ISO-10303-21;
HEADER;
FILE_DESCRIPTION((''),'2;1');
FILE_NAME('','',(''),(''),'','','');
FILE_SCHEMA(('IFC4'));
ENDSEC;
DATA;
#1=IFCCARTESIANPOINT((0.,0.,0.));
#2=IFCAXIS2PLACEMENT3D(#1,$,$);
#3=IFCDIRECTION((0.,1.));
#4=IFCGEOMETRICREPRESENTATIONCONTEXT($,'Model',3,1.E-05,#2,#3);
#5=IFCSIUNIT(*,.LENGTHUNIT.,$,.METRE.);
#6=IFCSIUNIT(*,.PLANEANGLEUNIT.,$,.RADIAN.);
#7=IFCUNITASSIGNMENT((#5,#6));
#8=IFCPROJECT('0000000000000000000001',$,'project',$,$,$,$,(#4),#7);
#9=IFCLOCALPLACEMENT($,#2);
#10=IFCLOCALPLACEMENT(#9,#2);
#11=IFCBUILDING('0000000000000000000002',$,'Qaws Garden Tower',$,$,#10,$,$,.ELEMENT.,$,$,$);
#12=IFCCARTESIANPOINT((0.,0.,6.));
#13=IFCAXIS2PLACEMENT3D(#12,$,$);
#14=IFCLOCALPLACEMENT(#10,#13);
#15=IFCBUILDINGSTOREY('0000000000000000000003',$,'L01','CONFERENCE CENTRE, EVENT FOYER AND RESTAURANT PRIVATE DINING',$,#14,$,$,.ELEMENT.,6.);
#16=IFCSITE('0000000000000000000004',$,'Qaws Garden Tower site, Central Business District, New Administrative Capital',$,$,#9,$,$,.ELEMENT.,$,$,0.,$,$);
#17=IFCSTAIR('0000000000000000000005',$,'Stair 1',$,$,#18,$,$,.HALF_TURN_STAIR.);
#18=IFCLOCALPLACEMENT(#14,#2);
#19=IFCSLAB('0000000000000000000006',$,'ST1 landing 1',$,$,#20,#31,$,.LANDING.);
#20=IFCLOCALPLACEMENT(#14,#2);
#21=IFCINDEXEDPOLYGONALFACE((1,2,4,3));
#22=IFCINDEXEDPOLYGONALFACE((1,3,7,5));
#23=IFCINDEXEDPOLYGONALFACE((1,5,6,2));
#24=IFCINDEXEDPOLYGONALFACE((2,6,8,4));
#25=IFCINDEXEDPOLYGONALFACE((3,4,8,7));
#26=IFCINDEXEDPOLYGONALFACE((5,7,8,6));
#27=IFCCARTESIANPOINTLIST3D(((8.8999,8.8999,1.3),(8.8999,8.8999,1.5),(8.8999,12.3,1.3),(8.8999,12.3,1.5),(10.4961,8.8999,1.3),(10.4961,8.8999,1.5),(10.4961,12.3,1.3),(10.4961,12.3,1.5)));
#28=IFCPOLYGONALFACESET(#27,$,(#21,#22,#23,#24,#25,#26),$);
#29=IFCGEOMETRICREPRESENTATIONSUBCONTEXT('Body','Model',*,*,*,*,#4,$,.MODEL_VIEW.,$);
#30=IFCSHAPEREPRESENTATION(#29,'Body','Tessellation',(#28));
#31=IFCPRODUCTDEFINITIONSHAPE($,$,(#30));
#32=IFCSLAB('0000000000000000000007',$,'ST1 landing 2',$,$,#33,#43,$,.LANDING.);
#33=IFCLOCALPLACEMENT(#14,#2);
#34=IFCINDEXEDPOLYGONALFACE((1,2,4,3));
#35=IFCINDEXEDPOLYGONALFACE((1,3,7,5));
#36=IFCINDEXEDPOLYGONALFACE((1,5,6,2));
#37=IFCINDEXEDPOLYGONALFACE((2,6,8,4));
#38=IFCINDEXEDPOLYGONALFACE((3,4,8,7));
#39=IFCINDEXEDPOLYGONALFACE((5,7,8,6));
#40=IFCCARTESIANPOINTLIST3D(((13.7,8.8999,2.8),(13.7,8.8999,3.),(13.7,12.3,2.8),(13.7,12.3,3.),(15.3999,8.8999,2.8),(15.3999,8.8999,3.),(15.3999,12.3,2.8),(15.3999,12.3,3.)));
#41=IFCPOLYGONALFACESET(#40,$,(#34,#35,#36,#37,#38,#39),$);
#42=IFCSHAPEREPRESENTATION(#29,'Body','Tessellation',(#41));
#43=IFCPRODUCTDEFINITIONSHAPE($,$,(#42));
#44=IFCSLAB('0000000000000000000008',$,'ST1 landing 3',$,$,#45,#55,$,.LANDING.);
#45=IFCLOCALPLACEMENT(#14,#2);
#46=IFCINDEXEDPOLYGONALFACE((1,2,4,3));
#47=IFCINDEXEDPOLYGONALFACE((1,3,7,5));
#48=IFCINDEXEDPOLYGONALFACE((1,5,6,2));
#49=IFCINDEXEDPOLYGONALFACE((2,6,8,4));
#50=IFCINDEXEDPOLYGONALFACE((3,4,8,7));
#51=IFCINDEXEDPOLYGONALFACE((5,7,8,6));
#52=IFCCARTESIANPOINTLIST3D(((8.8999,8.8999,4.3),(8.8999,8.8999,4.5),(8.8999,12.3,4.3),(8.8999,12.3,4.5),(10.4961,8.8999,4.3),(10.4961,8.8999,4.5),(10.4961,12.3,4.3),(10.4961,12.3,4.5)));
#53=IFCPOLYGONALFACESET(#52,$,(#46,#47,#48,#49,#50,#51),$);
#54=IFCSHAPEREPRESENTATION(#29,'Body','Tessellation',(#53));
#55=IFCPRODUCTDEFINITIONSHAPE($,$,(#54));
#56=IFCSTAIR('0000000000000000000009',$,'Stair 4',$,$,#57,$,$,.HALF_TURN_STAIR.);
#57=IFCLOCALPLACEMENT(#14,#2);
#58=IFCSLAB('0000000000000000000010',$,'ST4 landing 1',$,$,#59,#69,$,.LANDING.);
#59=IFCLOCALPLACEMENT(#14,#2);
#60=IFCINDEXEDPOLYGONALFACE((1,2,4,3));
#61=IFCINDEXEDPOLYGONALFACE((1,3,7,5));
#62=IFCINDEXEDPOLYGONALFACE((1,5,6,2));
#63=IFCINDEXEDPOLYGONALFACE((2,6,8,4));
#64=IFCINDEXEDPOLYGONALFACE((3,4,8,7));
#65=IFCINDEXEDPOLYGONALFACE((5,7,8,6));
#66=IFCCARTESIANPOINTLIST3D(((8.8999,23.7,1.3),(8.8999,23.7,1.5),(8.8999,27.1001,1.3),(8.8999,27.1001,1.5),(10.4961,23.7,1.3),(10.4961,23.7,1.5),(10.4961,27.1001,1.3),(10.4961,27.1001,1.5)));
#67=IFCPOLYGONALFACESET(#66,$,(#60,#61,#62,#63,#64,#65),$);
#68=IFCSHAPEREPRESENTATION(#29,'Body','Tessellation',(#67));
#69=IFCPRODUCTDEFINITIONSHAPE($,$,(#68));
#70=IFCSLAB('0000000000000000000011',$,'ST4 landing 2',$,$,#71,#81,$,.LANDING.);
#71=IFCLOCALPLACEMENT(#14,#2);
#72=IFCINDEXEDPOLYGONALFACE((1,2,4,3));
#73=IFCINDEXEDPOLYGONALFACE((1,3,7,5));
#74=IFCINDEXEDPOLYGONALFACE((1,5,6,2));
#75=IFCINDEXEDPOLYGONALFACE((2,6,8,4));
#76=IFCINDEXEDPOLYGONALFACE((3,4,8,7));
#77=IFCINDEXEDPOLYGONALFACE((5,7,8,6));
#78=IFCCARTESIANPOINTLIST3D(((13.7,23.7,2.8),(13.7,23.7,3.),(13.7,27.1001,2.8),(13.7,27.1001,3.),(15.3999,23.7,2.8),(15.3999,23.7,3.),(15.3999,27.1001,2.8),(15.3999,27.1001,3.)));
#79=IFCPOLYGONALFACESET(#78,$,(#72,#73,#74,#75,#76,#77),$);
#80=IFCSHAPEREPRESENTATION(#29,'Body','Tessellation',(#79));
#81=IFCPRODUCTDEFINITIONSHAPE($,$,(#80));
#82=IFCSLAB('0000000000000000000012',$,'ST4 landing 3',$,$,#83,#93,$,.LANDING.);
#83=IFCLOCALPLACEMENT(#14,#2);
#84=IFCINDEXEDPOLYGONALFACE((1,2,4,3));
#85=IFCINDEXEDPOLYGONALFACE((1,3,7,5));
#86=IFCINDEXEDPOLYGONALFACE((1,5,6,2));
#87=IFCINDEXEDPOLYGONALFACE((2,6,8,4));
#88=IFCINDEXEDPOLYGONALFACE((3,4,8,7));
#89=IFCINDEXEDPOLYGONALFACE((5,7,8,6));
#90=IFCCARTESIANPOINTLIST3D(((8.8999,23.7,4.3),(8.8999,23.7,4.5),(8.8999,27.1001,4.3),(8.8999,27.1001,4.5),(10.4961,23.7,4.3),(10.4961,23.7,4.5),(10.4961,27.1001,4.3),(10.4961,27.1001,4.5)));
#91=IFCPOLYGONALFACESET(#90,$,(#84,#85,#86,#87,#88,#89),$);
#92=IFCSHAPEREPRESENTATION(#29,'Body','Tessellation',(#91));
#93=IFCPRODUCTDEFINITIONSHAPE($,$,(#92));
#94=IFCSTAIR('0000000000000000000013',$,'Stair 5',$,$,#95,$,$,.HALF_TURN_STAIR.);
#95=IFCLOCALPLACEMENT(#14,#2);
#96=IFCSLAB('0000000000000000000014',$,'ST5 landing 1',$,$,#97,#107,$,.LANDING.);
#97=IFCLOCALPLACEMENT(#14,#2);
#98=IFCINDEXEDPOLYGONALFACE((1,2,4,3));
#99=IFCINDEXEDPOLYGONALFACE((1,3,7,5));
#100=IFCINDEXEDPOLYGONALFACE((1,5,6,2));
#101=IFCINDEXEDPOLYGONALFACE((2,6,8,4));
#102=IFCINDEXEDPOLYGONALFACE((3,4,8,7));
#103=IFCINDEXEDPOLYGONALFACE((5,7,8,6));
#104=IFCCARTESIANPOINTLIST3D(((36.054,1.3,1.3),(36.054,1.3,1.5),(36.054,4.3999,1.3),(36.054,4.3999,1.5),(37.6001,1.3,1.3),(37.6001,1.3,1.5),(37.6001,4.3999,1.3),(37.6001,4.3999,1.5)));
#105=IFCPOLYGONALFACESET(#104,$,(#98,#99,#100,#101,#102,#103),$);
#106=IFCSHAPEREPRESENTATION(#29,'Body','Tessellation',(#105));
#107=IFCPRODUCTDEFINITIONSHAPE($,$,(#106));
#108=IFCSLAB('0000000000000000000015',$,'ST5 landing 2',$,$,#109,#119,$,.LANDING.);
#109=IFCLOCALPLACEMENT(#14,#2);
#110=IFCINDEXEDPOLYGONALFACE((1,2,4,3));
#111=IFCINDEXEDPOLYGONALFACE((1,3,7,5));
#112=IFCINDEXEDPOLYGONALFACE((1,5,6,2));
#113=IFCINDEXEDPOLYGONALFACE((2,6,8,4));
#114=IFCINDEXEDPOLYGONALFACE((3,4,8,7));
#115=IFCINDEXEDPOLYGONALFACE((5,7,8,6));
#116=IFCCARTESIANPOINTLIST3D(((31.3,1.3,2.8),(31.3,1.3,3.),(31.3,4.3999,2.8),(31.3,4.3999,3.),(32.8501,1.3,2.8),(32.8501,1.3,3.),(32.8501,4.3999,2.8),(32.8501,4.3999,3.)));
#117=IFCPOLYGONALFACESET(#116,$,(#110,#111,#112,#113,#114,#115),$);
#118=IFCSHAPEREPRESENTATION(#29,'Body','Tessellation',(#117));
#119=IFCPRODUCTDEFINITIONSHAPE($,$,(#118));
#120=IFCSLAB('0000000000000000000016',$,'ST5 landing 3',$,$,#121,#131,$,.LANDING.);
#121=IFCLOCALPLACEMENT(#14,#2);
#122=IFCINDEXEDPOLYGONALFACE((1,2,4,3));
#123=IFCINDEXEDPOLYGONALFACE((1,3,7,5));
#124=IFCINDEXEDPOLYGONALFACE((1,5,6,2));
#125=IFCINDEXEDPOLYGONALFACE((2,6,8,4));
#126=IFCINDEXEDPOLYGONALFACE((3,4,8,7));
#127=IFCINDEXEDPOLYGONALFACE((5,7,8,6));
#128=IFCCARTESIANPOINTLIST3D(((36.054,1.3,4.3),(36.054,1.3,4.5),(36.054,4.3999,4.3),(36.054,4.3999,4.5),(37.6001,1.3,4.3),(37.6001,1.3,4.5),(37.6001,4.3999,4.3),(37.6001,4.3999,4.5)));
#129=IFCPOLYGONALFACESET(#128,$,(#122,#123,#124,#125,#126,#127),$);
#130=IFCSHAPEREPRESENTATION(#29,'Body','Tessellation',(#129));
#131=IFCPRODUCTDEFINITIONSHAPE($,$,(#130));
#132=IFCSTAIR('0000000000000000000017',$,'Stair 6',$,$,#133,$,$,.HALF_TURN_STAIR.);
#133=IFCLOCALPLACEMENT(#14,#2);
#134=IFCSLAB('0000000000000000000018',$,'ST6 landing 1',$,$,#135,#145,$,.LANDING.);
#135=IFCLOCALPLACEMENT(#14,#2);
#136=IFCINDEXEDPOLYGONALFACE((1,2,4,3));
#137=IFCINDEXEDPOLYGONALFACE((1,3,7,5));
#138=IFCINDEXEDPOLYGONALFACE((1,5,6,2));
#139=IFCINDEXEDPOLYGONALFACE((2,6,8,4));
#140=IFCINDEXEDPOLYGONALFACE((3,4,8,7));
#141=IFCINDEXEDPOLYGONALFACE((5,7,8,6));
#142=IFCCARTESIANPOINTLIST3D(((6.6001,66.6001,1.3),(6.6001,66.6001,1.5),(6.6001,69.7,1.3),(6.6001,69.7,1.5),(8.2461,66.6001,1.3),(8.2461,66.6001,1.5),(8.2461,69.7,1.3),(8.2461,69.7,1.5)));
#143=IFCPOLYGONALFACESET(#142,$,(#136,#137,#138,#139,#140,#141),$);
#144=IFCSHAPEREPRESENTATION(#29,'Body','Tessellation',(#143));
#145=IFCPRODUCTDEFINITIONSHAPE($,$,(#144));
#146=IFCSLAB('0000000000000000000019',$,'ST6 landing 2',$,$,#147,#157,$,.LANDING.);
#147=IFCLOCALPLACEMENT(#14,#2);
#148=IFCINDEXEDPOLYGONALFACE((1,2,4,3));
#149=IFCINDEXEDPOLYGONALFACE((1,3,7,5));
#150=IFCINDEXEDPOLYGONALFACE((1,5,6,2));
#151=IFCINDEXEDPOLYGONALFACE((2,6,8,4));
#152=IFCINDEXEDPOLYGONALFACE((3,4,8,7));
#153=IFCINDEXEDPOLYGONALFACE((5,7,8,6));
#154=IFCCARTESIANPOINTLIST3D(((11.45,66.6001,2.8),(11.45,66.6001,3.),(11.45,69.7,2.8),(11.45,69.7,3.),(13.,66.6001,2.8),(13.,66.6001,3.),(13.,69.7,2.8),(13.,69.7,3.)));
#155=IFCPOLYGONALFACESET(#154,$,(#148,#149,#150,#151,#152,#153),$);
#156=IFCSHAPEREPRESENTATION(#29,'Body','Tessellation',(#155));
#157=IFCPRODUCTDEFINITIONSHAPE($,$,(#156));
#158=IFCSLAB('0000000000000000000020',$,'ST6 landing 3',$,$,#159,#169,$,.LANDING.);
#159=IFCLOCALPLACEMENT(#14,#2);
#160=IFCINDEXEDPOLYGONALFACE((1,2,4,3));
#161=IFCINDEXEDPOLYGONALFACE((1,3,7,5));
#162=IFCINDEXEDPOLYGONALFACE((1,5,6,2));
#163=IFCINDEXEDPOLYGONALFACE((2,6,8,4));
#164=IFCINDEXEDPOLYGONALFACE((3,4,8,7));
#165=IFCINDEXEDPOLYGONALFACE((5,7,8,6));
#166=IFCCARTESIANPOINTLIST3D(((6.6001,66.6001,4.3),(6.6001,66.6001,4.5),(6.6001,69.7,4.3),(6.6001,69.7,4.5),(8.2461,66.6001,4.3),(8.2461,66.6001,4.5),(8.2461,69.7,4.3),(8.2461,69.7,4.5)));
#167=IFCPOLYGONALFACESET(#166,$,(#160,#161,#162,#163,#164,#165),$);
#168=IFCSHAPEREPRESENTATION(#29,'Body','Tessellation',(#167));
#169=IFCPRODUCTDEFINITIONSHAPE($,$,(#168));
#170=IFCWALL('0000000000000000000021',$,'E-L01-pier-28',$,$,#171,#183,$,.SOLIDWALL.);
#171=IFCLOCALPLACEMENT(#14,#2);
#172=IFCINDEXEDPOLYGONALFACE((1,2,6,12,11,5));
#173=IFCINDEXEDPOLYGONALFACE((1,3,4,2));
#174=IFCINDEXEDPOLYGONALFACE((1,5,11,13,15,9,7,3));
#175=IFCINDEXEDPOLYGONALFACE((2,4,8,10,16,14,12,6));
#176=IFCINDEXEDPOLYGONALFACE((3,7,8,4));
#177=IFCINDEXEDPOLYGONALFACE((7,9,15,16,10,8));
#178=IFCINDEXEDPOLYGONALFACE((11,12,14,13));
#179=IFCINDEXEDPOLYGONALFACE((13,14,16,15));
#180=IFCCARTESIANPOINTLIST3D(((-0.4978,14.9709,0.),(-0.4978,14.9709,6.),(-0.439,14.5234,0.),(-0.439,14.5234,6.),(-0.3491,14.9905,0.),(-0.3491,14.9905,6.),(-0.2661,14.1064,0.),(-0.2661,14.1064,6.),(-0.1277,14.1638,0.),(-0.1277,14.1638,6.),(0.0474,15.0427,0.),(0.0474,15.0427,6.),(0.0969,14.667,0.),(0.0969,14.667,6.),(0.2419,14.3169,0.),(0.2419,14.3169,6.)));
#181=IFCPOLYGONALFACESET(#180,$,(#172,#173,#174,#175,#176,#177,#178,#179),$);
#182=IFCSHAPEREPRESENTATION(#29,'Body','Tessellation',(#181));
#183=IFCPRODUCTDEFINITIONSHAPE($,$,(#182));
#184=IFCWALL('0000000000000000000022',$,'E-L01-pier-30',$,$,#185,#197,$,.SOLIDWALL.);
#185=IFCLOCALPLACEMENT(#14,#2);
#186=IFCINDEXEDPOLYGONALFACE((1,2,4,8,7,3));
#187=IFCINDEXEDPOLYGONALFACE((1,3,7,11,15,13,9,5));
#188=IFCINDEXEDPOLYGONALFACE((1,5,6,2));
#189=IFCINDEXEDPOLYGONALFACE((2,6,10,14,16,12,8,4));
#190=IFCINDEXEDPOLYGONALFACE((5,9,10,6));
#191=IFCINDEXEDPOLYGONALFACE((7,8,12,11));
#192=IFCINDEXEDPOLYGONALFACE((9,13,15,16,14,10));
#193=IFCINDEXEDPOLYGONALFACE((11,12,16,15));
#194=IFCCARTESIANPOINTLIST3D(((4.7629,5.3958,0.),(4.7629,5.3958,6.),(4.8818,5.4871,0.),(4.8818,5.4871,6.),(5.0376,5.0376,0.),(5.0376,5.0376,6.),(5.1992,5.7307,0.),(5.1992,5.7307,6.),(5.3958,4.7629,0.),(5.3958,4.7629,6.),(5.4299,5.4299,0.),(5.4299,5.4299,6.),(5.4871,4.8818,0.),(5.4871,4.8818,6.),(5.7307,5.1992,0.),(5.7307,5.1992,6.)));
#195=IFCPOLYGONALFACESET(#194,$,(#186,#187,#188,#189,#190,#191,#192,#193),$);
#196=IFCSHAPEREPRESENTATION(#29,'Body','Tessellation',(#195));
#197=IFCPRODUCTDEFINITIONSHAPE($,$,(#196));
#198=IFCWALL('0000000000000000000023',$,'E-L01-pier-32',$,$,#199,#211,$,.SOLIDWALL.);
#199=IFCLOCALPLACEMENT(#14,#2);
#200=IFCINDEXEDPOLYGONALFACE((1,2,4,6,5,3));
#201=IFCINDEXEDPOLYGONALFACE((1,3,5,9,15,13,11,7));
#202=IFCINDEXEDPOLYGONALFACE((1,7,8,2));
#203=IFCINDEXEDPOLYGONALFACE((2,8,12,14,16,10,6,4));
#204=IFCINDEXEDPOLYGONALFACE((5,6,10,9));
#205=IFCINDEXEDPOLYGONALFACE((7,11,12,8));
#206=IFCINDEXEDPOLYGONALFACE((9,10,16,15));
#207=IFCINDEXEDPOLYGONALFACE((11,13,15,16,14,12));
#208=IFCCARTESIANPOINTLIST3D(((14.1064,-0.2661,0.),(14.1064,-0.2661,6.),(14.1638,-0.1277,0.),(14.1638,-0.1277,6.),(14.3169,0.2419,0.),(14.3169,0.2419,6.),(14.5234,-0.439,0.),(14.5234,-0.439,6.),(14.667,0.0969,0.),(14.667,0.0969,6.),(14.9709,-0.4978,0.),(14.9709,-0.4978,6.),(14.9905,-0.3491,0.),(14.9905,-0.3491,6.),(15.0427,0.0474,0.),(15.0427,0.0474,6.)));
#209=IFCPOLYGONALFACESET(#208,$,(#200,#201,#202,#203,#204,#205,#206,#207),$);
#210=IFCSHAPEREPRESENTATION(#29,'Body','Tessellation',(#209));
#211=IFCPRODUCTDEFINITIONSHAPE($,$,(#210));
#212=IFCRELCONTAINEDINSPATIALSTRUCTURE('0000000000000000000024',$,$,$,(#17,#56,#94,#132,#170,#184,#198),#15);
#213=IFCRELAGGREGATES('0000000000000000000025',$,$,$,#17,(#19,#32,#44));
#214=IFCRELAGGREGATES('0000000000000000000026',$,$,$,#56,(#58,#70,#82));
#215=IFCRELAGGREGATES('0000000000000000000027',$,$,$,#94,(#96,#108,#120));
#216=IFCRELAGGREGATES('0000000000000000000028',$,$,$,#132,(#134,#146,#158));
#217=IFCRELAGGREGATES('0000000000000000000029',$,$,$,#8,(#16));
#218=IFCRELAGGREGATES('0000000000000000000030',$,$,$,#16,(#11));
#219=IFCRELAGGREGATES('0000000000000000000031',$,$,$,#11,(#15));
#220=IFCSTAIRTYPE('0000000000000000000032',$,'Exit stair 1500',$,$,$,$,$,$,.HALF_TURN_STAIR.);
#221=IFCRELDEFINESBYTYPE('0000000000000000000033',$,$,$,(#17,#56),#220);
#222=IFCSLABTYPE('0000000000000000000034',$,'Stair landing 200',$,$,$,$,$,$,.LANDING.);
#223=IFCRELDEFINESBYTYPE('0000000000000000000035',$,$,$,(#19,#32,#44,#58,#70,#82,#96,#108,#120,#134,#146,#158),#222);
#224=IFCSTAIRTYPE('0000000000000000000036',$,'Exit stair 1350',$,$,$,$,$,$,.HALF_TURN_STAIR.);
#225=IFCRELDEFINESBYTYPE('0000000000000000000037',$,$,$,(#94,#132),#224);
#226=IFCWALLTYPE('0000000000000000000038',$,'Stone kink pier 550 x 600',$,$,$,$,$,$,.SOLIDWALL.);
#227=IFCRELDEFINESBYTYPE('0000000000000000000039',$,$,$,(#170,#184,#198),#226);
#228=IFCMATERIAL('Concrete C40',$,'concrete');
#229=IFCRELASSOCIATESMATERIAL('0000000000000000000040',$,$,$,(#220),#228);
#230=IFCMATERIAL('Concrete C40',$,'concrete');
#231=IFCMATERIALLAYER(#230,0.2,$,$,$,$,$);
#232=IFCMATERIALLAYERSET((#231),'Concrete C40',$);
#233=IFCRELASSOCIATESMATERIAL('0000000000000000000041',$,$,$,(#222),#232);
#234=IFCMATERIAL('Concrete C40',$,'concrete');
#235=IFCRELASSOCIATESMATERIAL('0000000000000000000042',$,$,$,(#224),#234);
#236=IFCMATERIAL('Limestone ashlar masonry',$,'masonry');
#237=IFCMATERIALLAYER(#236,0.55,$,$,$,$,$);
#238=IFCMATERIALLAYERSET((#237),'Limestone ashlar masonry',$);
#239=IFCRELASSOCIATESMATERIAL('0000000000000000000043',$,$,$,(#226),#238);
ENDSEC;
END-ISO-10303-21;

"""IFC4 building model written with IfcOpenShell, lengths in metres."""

from ifc_helpers import new_model, si_unit, direction, frame, origin, place, context, subcontext, project, spatial, polyline, outline, extrude, material, layer, layer_set, type_object, element, aggregate, save


model = new_model("IFC4")

# Units and contexts
model_context = context("Model", 3, precision=1e-05, world=origin(), true_north=direction((0.0, 1.0)))
body_context = subcontext(model_context, "Body", "Model", "MODEL_VIEW")
ifc_project = project(units=[si_unit("LENGTHUNIT", "METRE"), si_unit("PLANEANGLEUNIT", "RADIAN")], contexts=[model_context])

# Site, building, storey
site_placement = place(None, origin())
site = spatial("IfcSite", under=ifc_project, at=site_placement, Name="Qaws Garden Tower site, Central Business District, New Administrative Capital", CompositionType="ELEMENT", RefElevation=0.0)
building_placement = place(site_placement, origin())
building = spatial("IfcBuilding", under=site, at=building_placement, Name="Qaws Garden Tower", CompositionType="ELEMENT")
storey_placement = place(building_placement, frame((0.0, 0.0, 6.0)))
storey = spatial("IfcBuildingStorey", under=building, at=storey_placement, Name="L01", Description="CONFERENCE CENTRE, EVENT FOYER AND RESTAURANT PRIVATE DINING", CompositionType="ELEMENT", Elevation=6.0)

# Stairs, slabs
ifc_material_1 = material(Name="Concrete C40", Category="concrete")
stair_type_1 = type_object("IfcStairType", Name="Exit stair 1500", PredefinedType="HALF_TURN_STAIR", material=ifc_material_1)
placement_1 = place(storey_placement, origin())
stair_1 = element("IfcStair", 1, at=placement_1, inside=storey, type_object=stair_type_1, Name="Stair 1", PredefinedType="HALF_TURN_STAIR")
ifc_material_2 = material(Name="Concrete C40", Category="concrete")
ifc_layer_1 = layer(ifc_material_2, 0.2)
ifc_layer_set_1 = layer_set([ifc_layer_1], Name="Concrete C40")
slab_type = type_object("IfcSlabType", Name="Stair landing 200", PredefinedType="LANDING", material=ifc_layer_set_1)
placement_2 = place(storey_placement, frame((0.0, 0.0, 1.3)))
slab_1 = element("IfcSlab", 2, at=placement_2, type_object=slab_type, Name="ST1 landing 1", PredefinedType="LANDING", context=body_context, shape_type="SweptSolid", body=[
    extrude(outline(polyline([(8.8999, 8.8999), (10.4961, 8.8999), (10.4961, 12.3), (8.8999, 12.3), (8.8999, 8.8999)])), origin(), (0.0, 0.0, 1.0), 0.2),
])
placement_3 = place(storey_placement, frame((0.0, 0.0, 2.8)))
slab_2 = element("IfcSlab", 3, at=placement_3, type_object=slab_type, Name="ST1 landing 2", PredefinedType="LANDING", context=body_context, shape_type="SweptSolid", body=[
    extrude(outline(polyline([(13.7, 8.8999), (15.3999, 8.8999), (15.3999, 12.3), (13.7, 12.3), (13.7, 8.8999)])), origin(), (0.0, 0.0, 1.0), 0.2),
])
placement_4 = place(storey_placement, frame((0.0, 0.0, 4.3)))
slab_3 = element("IfcSlab", 4, at=placement_4, type_object=slab_type, Name="ST1 landing 3", PredefinedType="LANDING", context=body_context, shape_type="SweptSolid", body=[
    extrude(outline(polyline([(8.8999, 8.8999), (10.4961, 8.8999), (10.4961, 12.3), (8.8999, 12.3), (8.8999, 8.8999)])), origin(), (0.0, 0.0, 1.0), 0.2),
])
aggregate(stair_1, [slab_1, slab_2, slab_3])
stair_2 = element("IfcStair", 5, at=placement_1, inside=storey, type_object=stair_type_1, Name="Stair 4", PredefinedType="HALF_TURN_STAIR")
slab_4 = element("IfcSlab", 6, at=placement_2, type_object=slab_type, Name="ST4 landing 1", PredefinedType="LANDING", context=body_context, shape_type="SweptSolid", body=[
    extrude(outline(polyline([(8.8999, 23.7), (10.4961, 23.7), (10.4961, 27.1001), (8.8999, 27.1001), (8.8999, 23.7)])), origin(), (0.0, 0.0, 1.0), 0.2),
])
slab_5 = element("IfcSlab", 7, at=placement_3, type_object=slab_type, Name="ST4 landing 2", PredefinedType="LANDING", context=body_context, shape_type="SweptSolid", body=[
    extrude(outline(polyline([(13.7, 23.7), (15.3999, 23.7), (15.3999, 27.1001), (13.7, 27.1001), (13.7, 23.7)])), origin(), (0.0, 0.0, 1.0), 0.2),
])
slab_6 = element("IfcSlab", 8, at=placement_4, type_object=slab_type, Name="ST4 landing 3", PredefinedType="LANDING", context=body_context, shape_type="SweptSolid", body=[
    extrude(outline(polyline([(8.8999, 23.7), (10.4961, 23.7), (10.4961, 27.1001), (8.8999, 27.1001), (8.8999, 23.7)])), origin(), (0.0, 0.0, 1.0), 0.2),
])
aggregate(stair_2, [slab_4, slab_5, slab_6])
ifc_material_3 = material(Name="Concrete C40", Category="concrete")
stair_type_2 = type_object("IfcStairType", Name="Exit stair 1350", PredefinedType="HALF_TURN_STAIR", material=ifc_material_3)
stair_3 = element("IfcStair", 9, at=placement_1, inside=storey, type_object=stair_type_2, Name="Stair 5", PredefinedType="HALF_TURN_STAIR")
slab_7 = element("IfcSlab", 10, at=placement_2, type_object=slab_type, Name="ST5 landing 1", PredefinedType="LANDING", context=body_context, shape_type="SweptSolid", body=[
    extrude(outline(polyline([(36.054, 1.3), (37.6001, 1.3), (37.6001, 4.3999), (36.054, 4.3999), (36.054, 1.3)])), origin(), (0.0, 0.0, 1.0), 0.2),
])
slab_8 = element("IfcSlab", 11, at=placement_3, type_object=slab_type, Name="ST5 landing 2", PredefinedType="LANDING", context=body_context, shape_type="SweptSolid", body=[
    extrude(outline(polyline([(31.3, 1.3), (32.8501, 1.3), (32.8501, 4.3999), (31.3, 4.3999), (31.3, 1.3)])), origin(), (0.0, 0.0, 1.0), 0.2),
])
slab_9 = element("IfcSlab", 12, at=placement_4, type_object=slab_type, Name="ST5 landing 3", PredefinedType="LANDING", context=body_context, shape_type="SweptSolid", body=[
    extrude(outline(polyline([(36.054, 1.3), (37.6001, 1.3), (37.6001, 4.3999), (36.054, 4.3999), (36.054, 1.3)])), origin(), (0.0, 0.0, 1.0), 0.2),
])
aggregate(stair_3, [slab_7, slab_8, slab_9])
stair_4 = element("IfcStair", 13, at=placement_1, inside=storey, type_object=stair_type_2, Name="Stair 6", PredefinedType="HALF_TURN_STAIR")
slab_10 = element("IfcSlab", 14, at=placement_2, type_object=slab_type, Name="ST6 landing 1", PredefinedType="LANDING", context=body_context, shape_type="SweptSolid", body=[
    extrude(outline(polyline([(6.6001, 66.6001), (8.2461, 66.6001), (8.2461, 69.7), (6.6001, 69.7), (6.6001, 66.6001)])), origin(), (0.0, 0.0, 1.0), 0.2),
])
slab_11 = element("IfcSlab", 15, at=placement_3, type_object=slab_type, Name="ST6 landing 2", PredefinedType="LANDING", context=body_context, shape_type="SweptSolid", body=[
    extrude(outline(polyline([(11.45, 66.6001), (13.0, 66.6001), (13.0, 69.7), (11.45, 69.7), (11.45, 66.6001)])), origin(), (0.0, 0.0, 1.0), 0.2),
])
slab_12 = element("IfcSlab", 16, at=placement_4, type_object=slab_type, Name="ST6 landing 3", PredefinedType="LANDING", context=body_context, shape_type="SweptSolid", body=[
    extrude(outline(polyline([(6.6001, 66.6001), (8.2461, 66.6001), (8.2461, 69.7), (6.6001, 69.7), (6.6001, 66.6001)])), origin(), (0.0, 0.0, 1.0), 0.2),
])
aggregate(stair_4, [slab_10, slab_11, slab_12])

# Walls
ifc_material_4 = material(Name="Limestone ashlar masonry", Category="masonry")
ifc_layer_2 = layer(ifc_material_4, 0.55)
ifc_layer_set_2 = layer_set([ifc_layer_2], Name="Limestone ashlar masonry")
wall_type_1 = type_object("IfcWallType", Name="Stone kink pier 550 x 600", PredefinedType="SOLIDWALL", material=ifc_layer_set_2)
element("IfcWall", 17, at=placement_1, inside=storey, type_object=wall_type_1, Name="E-L01-pier-28", PredefinedType="SOLIDWALL", context=body_context, shape_type="SweptSolid", body=[
    extrude(outline(polyline([(-0.3491, 14.9905), (-0.4978, 14.9709), (-0.439, 14.5234), (-0.2661, 14.1064), (-0.1277, 14.1638), (0.2419, 14.3169), (0.0969, 14.667), (0.0474, 15.0427), (-0.3491, 14.9905)])), origin(), (0.0, 0.0, 1.0), 6.0),
])
element("IfcWall", 18, at=placement_1, inside=storey, type_object=wall_type_1, Name="E-L01-pier-30", PredefinedType="SOLIDWALL", context=body_context, shape_type="SweptSolid", body=[
    extrude(outline(polyline([(4.8818, 5.4871), (4.7629, 5.3958), (5.0376, 5.0376), (5.3958, 4.7629), (5.4871, 4.8818), (5.7307, 5.1992), (5.4299, 5.4299), (5.1992, 5.7307), (4.8818, 5.4871)])), origin(), (0.0, 0.0, 1.0), 6.0),
])
element("IfcWall", 19, at=placement_1, inside=storey, type_object=wall_type_1, Name="E-L01-pier-32", PredefinedType="SOLIDWALL", context=body_context, shape_type="SweptSolid", body=[
    extrude(outline(polyline([(14.1638, -0.1277), (14.1064, -0.2661), (14.5234, -0.439), (14.9709, -0.4978), (14.9905, -0.3491), (15.0427, 0.0474), (14.667, 0.0969), (14.3169, 0.2419), (14.1638, -0.1277)])), origin(), (0.0, 0.0, 1.0), 6.0),
])

save(model, "model.ifc")
